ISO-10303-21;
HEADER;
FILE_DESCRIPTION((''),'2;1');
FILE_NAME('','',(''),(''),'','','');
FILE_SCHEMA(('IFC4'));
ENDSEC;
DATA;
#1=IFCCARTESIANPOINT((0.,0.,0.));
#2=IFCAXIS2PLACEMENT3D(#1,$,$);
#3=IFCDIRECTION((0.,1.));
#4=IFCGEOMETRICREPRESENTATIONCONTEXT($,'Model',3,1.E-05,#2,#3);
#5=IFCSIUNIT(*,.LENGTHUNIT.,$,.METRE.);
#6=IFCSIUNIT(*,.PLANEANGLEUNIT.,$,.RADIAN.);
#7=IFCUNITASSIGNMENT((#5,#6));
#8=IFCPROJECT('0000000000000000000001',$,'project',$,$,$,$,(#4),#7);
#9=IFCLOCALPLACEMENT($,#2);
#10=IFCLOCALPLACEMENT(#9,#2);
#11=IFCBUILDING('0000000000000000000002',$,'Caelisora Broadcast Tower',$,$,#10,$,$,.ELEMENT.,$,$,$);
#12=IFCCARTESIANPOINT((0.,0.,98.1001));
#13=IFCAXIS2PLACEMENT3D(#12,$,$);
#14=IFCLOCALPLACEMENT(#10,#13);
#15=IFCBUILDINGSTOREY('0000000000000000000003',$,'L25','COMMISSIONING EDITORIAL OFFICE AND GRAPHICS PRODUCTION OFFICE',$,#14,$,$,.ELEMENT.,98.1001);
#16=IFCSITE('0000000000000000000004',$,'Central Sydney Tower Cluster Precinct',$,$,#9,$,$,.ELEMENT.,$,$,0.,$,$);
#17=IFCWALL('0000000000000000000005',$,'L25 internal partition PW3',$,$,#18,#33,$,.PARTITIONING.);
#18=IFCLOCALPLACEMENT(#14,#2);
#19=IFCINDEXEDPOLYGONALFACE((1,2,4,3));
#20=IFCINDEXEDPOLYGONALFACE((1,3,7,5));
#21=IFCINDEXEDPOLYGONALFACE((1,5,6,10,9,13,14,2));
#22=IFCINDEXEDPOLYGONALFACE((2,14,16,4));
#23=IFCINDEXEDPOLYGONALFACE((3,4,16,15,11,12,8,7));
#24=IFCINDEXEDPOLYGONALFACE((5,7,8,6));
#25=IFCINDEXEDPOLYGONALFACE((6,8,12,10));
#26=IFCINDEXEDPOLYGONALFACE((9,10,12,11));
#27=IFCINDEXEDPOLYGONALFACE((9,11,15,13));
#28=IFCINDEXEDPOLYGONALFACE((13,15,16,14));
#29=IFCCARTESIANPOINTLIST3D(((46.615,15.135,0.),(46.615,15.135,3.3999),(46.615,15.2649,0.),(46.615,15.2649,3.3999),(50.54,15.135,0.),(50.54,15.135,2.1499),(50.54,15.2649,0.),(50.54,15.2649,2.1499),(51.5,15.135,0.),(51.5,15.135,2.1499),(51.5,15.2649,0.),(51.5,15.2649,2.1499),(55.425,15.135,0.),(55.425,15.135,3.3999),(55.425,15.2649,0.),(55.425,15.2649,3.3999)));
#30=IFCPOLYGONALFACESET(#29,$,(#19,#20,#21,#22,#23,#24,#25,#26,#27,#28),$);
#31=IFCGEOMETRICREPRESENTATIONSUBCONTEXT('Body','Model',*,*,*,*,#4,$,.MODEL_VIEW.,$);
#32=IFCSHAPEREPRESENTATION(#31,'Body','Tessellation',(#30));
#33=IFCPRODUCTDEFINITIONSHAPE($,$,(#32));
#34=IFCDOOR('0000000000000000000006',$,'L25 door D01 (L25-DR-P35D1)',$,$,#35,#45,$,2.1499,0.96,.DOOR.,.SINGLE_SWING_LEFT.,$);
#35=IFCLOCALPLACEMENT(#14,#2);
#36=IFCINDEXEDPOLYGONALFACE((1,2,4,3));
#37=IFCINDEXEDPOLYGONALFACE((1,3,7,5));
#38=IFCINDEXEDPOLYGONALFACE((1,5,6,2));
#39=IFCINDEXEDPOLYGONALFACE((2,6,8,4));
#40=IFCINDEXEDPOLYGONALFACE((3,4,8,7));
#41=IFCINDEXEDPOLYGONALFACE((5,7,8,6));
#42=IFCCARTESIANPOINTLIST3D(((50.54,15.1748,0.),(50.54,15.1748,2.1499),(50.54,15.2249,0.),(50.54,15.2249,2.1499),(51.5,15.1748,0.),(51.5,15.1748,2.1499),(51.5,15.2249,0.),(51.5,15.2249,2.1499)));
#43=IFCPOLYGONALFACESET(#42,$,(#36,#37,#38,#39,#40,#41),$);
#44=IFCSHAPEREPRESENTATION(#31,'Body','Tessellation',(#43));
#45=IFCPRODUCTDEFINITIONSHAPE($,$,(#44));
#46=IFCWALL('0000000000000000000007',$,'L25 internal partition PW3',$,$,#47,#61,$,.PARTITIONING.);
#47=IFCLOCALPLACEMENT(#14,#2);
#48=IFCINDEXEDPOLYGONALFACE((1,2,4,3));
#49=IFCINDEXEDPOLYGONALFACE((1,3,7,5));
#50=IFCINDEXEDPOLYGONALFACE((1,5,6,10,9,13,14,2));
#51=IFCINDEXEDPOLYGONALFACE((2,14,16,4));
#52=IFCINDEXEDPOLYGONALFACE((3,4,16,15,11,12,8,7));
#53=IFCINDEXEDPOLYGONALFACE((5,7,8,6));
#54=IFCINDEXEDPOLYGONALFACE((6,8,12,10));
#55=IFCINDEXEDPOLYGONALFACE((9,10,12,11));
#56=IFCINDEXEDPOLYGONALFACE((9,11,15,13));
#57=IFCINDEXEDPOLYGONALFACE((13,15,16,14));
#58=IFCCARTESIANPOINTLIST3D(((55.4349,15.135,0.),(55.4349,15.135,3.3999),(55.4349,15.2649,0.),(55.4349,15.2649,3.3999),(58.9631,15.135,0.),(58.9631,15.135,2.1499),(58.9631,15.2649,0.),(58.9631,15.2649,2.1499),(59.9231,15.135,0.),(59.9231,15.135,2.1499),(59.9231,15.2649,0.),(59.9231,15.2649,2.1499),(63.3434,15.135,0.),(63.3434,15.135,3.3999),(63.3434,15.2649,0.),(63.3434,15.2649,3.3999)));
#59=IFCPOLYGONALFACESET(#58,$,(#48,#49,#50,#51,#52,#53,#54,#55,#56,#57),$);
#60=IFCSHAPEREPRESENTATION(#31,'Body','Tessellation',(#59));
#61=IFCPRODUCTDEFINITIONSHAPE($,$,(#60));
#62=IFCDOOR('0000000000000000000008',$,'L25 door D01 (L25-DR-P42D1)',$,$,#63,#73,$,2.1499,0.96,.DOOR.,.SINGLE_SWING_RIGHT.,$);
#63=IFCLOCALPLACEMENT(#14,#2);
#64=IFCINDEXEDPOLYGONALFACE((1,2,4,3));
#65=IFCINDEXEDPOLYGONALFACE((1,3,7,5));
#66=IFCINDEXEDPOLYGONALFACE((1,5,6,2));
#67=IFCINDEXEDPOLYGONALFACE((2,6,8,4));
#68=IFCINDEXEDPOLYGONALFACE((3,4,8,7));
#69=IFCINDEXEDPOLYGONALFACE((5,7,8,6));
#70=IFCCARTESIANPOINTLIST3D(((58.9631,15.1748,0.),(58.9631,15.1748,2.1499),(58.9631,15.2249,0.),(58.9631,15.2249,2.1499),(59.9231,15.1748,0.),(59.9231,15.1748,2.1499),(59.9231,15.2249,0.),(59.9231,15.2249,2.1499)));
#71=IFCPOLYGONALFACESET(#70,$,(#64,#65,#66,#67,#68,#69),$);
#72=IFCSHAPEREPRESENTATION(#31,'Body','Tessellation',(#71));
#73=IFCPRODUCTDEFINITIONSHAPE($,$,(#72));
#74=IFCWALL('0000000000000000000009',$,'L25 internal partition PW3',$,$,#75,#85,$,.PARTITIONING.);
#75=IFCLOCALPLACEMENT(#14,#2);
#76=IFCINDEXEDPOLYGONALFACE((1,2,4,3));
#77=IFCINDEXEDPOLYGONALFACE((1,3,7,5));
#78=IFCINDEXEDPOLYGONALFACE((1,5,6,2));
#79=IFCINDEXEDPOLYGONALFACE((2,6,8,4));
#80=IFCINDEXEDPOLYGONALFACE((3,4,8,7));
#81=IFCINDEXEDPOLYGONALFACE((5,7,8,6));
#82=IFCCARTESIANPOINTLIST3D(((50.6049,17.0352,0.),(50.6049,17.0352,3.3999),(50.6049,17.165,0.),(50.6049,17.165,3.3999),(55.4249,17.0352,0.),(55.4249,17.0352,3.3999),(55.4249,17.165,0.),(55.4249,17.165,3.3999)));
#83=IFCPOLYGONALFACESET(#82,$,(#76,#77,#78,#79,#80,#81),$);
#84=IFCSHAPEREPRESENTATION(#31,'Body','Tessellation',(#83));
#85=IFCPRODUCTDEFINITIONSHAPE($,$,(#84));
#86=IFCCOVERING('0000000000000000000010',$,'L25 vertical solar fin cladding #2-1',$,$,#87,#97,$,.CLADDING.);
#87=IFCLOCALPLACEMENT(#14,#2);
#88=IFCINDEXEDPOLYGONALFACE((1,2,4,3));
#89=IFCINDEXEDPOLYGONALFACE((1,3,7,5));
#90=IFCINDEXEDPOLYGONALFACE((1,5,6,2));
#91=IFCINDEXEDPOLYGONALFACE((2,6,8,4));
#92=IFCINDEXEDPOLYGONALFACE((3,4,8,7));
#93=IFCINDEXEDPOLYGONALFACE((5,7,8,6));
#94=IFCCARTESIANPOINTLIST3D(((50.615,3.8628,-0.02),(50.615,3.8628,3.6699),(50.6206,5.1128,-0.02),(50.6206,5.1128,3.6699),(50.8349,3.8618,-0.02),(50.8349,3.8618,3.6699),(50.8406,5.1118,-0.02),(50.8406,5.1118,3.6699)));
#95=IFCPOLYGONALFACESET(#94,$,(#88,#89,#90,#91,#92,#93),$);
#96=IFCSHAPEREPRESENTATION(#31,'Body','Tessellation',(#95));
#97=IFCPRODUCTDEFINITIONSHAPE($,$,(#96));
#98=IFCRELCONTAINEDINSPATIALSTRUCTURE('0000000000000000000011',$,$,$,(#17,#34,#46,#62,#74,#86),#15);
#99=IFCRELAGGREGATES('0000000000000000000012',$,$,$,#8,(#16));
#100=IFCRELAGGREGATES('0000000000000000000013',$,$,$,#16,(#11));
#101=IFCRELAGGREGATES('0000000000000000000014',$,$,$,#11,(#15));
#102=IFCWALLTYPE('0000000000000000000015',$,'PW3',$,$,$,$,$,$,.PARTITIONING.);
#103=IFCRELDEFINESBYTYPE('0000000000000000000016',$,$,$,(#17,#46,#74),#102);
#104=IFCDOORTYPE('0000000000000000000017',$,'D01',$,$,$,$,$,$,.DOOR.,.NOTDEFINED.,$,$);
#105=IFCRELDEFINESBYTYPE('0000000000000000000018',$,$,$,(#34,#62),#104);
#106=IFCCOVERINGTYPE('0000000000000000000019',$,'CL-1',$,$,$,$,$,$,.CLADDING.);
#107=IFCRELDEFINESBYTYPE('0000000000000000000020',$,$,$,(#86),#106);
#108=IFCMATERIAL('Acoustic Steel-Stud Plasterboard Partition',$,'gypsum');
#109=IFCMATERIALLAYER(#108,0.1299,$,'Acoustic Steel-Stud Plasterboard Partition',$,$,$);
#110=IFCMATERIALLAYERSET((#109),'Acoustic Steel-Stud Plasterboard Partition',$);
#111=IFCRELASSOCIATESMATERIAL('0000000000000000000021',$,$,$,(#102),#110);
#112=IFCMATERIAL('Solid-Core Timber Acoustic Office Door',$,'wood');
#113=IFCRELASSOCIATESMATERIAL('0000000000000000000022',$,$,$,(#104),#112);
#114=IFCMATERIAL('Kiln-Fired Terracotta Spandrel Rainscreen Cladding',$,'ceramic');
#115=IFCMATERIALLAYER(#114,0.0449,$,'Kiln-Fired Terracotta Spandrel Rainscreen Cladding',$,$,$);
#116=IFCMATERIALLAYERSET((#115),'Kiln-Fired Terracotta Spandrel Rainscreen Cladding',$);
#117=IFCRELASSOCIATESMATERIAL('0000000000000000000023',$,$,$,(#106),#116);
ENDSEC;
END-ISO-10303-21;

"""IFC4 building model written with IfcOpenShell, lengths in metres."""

from ifc_helpers import new_model, si_unit, direction, frame, frame_2d, origin, origin_2d, place, context, subcontext, project, spatial, rectangle, extrude, source, transform, mapped, material, layer, layer_set, type_object, type_shapes, element, fill, save


model = new_model("IFC4")

# Units and contexts
model_context = context("Model", 3, precision=1e-05, world=origin(), true_north=direction((0.0, 1.0)))
body_context = subcontext(model_context, "Body", "Model", "MODEL_VIEW")
ifc_project = project(units=[si_unit("LENGTHUNIT", "METRE"), si_unit("PLANEANGLEUNIT", "RADIAN")], contexts=[model_context])

# Site, building, storey
site_placement = place(None, origin())
site = spatial("IfcSite", under=ifc_project, at=site_placement, Name="Central Sydney Tower Cluster Precinct", CompositionType="ELEMENT", RefElevation=0.0)
building_placement = place(site_placement, origin())
building = spatial("IfcBuilding", under=site, at=building_placement, Name="Caelisora Broadcast Tower", CompositionType="ELEMENT")
storey_placement = place(building_placement, frame((0.0, 0.0, 98.1001)))
storey = spatial("IfcBuildingStorey", under=building, at=storey_placement, Name="L25", Description="COMMISSIONING EDITORIAL OFFICE AND GRAPHICS PRODUCTION OFFICE", CompositionType="ELEMENT", Elevation=98.1001)

# Shared definitions
ifc_material_1 = material(Name="Acoustic Steel-Stud Plasterboard Partition", Category="gypsum")
ifc_layer_1 = layer(ifc_material_1, 0.1299, Name="Acoustic Steel-Stud Plasterboard Partition")
ifc_layer_set_1 = layer_set([ifc_layer_1], Name="Acoustic Steel-Stud Plasterboard Partition")
wall_type_1 = type_object("IfcWallType", Name="PW3", PredefinedType="PARTITIONING", material=ifc_layer_set_1)

# Walls, openings, doors
wall_1_placement = place(storey_placement, frame((46.615, 15.2, 0.0), z_axis=(0.0, 0.0, 1.0), x_axis=(1.0, 0.0, 0.0)))
wall_1 = element("IfcWall", 1, at=wall_1_placement, inside=storey, type_object=wall_type_1, Name="L25 internal partition PW3", PredefinedType="PARTITIONING", context=body_context, shape_type="SweptSolid", body=[
    extrude(rectangle(XDim=8.8101, YDim=0.1299, at=frame_2d((4.405, 0.0))), origin(), (0.0, 0.0, 1.0), 3.3999),
])
opening_1_placement = place(wall_1_placement, frame((3.925, 0.0, 0.0)))
opening_1 = element("IfcOpeningElement", 2, at=opening_1_placement, cuts=wall_1, PredefinedType="OPENING", context=body_context, shape_type="SweptSolid", body=[
    extrude(rectangle(XDim=0.96, YDim=2.1499, at=frame_2d((0.48, 1.075))), frame((0.0, 0.0769, 0.0), z_axis=(0.0, -1.0, 0.0), x_axis=(1.0, 0.0, 0.0)), (0.0, 0.0, 1.0), 0.1538),
])
ifc_material_2 = material(Name="Solid-Core Timber Acoustic Office Door", Category="wood")
door_type = type_object("IfcDoorType", Name="D01", OperationType="NOTDEFINED", PredefinedType="DOOR", material=ifc_material_2)
door_1_placement = place(opening_1_placement, origin())
door_1 = element("IfcDoor", 3, at=door_1_placement, inside=storey, type_object=door_type, Name="L25 door D01 (L25-DR-P35D1)", OperationType="SINGLE_SWING_LEFT", OverallHeight=2.1499, OverallWidth=0.96, PredefinedType="DOOR", context=body_context, shape_type="SweptSolid", body=[
    extrude(rectangle(XDim=0.96, YDim=2.1499, at=frame_2d((0.48, 1.075))), frame((0.0, 0.0249, 0.0), z_axis=(0.0, -1.0, 0.0), x_axis=(1.0, 0.0, 0.0)), (0.0, 0.0, 1.0), 0.05),
])
fill(opening_1, door_1)
wall_2_placement = place(storey_placement, frame((55.4351, 15.2, 0.0), z_axis=(0.0, 0.0, 1.0), x_axis=(1.0, 0.0, 0.0)))
wall_2 = element("IfcWall", 4, at=wall_2_placement, inside=storey, type_object=wall_type_1, Name="L25 internal partition PW3", PredefinedType="PARTITIONING", context=body_context, shape_type="SweptSolid", body=[
    extrude(rectangle(XDim=7.9084, YDim=0.1299, at=frame_2d((3.9541, 0.0))), origin(), (0.0, 0.0, 1.0), 3.3999),
])
opening_2_placement = place(wall_2_placement, frame((3.5281, 0.0, 0.0)))
opening_2 = element("IfcOpeningElement", 5, at=opening_2_placement, cuts=wall_2, PredefinedType="OPENING", context=body_context, shape_type="SweptSolid", body=[
    extrude(rectangle(XDim=0.96, YDim=2.1499, at=frame_2d((0.48, 1.075))), frame((0.0, 0.0769, 0.0), z_axis=(0.0, -1.0, 0.0), x_axis=(1.0, 0.0, 0.0)), (0.0, 0.0, 1.0), 0.1538),
])
door_2_placement = place(opening_2_placement, origin())
door_2 = element("IfcDoor", 6, at=door_2_placement, inside=storey, type_object=door_type, Name="L25 door D01 (L25-DR-P42D1)", OperationType="SINGLE_SWING_RIGHT", OverallHeight=2.1499, OverallWidth=0.96, PredefinedType="DOOR", context=body_context, shape_type="SweptSolid", body=[
    extrude(rectangle(XDim=0.96, YDim=2.1499, at=frame_2d((0.48, 1.075))), frame((0.0, 0.0249, 0.0), z_axis=(0.0, -1.0, 0.0), x_axis=(1.0, 0.0, 0.0)), (0.0, 0.0, 1.0), 0.05),
])
fill(opening_2, door_2)

# Wall
wall_3_placement = place(storey_placement, frame((55.425, 17.1001, 0.0), z_axis=(0.0, 0.0, 1.0), x_axis=(-1.0, 0.0, 0.0)))
element("IfcWall", 7, at=wall_3_placement, inside=storey, type_object=wall_type_1, Name="L25 internal partition PW3", PredefinedType="PARTITIONING", context=body_context, shape_type="SweptSolid", body=[
    extrude(rectangle(XDim=4.8201, YDim=0.1299, at=frame_2d((2.4102, 0.0))), origin(), (0.0, 0.0, 1.0), 3.3999),
])

# Covering
ifc_material_3 = material(Name="Kiln-Fired Terracotta Spandrel Rainscreen Cladding", Category="ceramic")
ifc_layer_2 = layer(ifc_material_3, 0.0449, Name="Kiln-Fired Terracotta Spandrel Rainscreen Cladding")
ifc_layer_set_2 = layer_set([ifc_layer_2], Name="Kiln-Fired Terracotta Spandrel Rainscreen Cladding")
covering_type = type_object("IfcCoveringType", Name="CL-1", PredefinedType="CLADDING", material=ifc_layer_set_2)
shared_shape_1 = source(origin(), body_context, "Body", "SweptSolid", [
    extrude(rectangle(XDim=0.22, YDim=1.25, at=origin_2d()), origin(), (0.0, 0.0, 1.0), 3.6899),
])
type_shapes(covering_type, [shared_shape_1])
covering_placement = place(storey_placement, frame((50.7278, 4.4873, -0.02), z_axis=(0.0, 0.0, 1.0), x_axis=(-0.99999, 0.004538, 0.0)))
element("IfcCovering", 8, at=covering_placement, inside=storey, type_object=covering_type, Name="L25 vertical solar fin cladding #2-1", PredefinedType="CLADDING", context=body_context, shape_type="MappedRepresentation", body=[
    mapped(shared_shape_1, transform((0.0, 0.0, 0.0), scale=1.0)),
])

save(model, "model.ifc")
